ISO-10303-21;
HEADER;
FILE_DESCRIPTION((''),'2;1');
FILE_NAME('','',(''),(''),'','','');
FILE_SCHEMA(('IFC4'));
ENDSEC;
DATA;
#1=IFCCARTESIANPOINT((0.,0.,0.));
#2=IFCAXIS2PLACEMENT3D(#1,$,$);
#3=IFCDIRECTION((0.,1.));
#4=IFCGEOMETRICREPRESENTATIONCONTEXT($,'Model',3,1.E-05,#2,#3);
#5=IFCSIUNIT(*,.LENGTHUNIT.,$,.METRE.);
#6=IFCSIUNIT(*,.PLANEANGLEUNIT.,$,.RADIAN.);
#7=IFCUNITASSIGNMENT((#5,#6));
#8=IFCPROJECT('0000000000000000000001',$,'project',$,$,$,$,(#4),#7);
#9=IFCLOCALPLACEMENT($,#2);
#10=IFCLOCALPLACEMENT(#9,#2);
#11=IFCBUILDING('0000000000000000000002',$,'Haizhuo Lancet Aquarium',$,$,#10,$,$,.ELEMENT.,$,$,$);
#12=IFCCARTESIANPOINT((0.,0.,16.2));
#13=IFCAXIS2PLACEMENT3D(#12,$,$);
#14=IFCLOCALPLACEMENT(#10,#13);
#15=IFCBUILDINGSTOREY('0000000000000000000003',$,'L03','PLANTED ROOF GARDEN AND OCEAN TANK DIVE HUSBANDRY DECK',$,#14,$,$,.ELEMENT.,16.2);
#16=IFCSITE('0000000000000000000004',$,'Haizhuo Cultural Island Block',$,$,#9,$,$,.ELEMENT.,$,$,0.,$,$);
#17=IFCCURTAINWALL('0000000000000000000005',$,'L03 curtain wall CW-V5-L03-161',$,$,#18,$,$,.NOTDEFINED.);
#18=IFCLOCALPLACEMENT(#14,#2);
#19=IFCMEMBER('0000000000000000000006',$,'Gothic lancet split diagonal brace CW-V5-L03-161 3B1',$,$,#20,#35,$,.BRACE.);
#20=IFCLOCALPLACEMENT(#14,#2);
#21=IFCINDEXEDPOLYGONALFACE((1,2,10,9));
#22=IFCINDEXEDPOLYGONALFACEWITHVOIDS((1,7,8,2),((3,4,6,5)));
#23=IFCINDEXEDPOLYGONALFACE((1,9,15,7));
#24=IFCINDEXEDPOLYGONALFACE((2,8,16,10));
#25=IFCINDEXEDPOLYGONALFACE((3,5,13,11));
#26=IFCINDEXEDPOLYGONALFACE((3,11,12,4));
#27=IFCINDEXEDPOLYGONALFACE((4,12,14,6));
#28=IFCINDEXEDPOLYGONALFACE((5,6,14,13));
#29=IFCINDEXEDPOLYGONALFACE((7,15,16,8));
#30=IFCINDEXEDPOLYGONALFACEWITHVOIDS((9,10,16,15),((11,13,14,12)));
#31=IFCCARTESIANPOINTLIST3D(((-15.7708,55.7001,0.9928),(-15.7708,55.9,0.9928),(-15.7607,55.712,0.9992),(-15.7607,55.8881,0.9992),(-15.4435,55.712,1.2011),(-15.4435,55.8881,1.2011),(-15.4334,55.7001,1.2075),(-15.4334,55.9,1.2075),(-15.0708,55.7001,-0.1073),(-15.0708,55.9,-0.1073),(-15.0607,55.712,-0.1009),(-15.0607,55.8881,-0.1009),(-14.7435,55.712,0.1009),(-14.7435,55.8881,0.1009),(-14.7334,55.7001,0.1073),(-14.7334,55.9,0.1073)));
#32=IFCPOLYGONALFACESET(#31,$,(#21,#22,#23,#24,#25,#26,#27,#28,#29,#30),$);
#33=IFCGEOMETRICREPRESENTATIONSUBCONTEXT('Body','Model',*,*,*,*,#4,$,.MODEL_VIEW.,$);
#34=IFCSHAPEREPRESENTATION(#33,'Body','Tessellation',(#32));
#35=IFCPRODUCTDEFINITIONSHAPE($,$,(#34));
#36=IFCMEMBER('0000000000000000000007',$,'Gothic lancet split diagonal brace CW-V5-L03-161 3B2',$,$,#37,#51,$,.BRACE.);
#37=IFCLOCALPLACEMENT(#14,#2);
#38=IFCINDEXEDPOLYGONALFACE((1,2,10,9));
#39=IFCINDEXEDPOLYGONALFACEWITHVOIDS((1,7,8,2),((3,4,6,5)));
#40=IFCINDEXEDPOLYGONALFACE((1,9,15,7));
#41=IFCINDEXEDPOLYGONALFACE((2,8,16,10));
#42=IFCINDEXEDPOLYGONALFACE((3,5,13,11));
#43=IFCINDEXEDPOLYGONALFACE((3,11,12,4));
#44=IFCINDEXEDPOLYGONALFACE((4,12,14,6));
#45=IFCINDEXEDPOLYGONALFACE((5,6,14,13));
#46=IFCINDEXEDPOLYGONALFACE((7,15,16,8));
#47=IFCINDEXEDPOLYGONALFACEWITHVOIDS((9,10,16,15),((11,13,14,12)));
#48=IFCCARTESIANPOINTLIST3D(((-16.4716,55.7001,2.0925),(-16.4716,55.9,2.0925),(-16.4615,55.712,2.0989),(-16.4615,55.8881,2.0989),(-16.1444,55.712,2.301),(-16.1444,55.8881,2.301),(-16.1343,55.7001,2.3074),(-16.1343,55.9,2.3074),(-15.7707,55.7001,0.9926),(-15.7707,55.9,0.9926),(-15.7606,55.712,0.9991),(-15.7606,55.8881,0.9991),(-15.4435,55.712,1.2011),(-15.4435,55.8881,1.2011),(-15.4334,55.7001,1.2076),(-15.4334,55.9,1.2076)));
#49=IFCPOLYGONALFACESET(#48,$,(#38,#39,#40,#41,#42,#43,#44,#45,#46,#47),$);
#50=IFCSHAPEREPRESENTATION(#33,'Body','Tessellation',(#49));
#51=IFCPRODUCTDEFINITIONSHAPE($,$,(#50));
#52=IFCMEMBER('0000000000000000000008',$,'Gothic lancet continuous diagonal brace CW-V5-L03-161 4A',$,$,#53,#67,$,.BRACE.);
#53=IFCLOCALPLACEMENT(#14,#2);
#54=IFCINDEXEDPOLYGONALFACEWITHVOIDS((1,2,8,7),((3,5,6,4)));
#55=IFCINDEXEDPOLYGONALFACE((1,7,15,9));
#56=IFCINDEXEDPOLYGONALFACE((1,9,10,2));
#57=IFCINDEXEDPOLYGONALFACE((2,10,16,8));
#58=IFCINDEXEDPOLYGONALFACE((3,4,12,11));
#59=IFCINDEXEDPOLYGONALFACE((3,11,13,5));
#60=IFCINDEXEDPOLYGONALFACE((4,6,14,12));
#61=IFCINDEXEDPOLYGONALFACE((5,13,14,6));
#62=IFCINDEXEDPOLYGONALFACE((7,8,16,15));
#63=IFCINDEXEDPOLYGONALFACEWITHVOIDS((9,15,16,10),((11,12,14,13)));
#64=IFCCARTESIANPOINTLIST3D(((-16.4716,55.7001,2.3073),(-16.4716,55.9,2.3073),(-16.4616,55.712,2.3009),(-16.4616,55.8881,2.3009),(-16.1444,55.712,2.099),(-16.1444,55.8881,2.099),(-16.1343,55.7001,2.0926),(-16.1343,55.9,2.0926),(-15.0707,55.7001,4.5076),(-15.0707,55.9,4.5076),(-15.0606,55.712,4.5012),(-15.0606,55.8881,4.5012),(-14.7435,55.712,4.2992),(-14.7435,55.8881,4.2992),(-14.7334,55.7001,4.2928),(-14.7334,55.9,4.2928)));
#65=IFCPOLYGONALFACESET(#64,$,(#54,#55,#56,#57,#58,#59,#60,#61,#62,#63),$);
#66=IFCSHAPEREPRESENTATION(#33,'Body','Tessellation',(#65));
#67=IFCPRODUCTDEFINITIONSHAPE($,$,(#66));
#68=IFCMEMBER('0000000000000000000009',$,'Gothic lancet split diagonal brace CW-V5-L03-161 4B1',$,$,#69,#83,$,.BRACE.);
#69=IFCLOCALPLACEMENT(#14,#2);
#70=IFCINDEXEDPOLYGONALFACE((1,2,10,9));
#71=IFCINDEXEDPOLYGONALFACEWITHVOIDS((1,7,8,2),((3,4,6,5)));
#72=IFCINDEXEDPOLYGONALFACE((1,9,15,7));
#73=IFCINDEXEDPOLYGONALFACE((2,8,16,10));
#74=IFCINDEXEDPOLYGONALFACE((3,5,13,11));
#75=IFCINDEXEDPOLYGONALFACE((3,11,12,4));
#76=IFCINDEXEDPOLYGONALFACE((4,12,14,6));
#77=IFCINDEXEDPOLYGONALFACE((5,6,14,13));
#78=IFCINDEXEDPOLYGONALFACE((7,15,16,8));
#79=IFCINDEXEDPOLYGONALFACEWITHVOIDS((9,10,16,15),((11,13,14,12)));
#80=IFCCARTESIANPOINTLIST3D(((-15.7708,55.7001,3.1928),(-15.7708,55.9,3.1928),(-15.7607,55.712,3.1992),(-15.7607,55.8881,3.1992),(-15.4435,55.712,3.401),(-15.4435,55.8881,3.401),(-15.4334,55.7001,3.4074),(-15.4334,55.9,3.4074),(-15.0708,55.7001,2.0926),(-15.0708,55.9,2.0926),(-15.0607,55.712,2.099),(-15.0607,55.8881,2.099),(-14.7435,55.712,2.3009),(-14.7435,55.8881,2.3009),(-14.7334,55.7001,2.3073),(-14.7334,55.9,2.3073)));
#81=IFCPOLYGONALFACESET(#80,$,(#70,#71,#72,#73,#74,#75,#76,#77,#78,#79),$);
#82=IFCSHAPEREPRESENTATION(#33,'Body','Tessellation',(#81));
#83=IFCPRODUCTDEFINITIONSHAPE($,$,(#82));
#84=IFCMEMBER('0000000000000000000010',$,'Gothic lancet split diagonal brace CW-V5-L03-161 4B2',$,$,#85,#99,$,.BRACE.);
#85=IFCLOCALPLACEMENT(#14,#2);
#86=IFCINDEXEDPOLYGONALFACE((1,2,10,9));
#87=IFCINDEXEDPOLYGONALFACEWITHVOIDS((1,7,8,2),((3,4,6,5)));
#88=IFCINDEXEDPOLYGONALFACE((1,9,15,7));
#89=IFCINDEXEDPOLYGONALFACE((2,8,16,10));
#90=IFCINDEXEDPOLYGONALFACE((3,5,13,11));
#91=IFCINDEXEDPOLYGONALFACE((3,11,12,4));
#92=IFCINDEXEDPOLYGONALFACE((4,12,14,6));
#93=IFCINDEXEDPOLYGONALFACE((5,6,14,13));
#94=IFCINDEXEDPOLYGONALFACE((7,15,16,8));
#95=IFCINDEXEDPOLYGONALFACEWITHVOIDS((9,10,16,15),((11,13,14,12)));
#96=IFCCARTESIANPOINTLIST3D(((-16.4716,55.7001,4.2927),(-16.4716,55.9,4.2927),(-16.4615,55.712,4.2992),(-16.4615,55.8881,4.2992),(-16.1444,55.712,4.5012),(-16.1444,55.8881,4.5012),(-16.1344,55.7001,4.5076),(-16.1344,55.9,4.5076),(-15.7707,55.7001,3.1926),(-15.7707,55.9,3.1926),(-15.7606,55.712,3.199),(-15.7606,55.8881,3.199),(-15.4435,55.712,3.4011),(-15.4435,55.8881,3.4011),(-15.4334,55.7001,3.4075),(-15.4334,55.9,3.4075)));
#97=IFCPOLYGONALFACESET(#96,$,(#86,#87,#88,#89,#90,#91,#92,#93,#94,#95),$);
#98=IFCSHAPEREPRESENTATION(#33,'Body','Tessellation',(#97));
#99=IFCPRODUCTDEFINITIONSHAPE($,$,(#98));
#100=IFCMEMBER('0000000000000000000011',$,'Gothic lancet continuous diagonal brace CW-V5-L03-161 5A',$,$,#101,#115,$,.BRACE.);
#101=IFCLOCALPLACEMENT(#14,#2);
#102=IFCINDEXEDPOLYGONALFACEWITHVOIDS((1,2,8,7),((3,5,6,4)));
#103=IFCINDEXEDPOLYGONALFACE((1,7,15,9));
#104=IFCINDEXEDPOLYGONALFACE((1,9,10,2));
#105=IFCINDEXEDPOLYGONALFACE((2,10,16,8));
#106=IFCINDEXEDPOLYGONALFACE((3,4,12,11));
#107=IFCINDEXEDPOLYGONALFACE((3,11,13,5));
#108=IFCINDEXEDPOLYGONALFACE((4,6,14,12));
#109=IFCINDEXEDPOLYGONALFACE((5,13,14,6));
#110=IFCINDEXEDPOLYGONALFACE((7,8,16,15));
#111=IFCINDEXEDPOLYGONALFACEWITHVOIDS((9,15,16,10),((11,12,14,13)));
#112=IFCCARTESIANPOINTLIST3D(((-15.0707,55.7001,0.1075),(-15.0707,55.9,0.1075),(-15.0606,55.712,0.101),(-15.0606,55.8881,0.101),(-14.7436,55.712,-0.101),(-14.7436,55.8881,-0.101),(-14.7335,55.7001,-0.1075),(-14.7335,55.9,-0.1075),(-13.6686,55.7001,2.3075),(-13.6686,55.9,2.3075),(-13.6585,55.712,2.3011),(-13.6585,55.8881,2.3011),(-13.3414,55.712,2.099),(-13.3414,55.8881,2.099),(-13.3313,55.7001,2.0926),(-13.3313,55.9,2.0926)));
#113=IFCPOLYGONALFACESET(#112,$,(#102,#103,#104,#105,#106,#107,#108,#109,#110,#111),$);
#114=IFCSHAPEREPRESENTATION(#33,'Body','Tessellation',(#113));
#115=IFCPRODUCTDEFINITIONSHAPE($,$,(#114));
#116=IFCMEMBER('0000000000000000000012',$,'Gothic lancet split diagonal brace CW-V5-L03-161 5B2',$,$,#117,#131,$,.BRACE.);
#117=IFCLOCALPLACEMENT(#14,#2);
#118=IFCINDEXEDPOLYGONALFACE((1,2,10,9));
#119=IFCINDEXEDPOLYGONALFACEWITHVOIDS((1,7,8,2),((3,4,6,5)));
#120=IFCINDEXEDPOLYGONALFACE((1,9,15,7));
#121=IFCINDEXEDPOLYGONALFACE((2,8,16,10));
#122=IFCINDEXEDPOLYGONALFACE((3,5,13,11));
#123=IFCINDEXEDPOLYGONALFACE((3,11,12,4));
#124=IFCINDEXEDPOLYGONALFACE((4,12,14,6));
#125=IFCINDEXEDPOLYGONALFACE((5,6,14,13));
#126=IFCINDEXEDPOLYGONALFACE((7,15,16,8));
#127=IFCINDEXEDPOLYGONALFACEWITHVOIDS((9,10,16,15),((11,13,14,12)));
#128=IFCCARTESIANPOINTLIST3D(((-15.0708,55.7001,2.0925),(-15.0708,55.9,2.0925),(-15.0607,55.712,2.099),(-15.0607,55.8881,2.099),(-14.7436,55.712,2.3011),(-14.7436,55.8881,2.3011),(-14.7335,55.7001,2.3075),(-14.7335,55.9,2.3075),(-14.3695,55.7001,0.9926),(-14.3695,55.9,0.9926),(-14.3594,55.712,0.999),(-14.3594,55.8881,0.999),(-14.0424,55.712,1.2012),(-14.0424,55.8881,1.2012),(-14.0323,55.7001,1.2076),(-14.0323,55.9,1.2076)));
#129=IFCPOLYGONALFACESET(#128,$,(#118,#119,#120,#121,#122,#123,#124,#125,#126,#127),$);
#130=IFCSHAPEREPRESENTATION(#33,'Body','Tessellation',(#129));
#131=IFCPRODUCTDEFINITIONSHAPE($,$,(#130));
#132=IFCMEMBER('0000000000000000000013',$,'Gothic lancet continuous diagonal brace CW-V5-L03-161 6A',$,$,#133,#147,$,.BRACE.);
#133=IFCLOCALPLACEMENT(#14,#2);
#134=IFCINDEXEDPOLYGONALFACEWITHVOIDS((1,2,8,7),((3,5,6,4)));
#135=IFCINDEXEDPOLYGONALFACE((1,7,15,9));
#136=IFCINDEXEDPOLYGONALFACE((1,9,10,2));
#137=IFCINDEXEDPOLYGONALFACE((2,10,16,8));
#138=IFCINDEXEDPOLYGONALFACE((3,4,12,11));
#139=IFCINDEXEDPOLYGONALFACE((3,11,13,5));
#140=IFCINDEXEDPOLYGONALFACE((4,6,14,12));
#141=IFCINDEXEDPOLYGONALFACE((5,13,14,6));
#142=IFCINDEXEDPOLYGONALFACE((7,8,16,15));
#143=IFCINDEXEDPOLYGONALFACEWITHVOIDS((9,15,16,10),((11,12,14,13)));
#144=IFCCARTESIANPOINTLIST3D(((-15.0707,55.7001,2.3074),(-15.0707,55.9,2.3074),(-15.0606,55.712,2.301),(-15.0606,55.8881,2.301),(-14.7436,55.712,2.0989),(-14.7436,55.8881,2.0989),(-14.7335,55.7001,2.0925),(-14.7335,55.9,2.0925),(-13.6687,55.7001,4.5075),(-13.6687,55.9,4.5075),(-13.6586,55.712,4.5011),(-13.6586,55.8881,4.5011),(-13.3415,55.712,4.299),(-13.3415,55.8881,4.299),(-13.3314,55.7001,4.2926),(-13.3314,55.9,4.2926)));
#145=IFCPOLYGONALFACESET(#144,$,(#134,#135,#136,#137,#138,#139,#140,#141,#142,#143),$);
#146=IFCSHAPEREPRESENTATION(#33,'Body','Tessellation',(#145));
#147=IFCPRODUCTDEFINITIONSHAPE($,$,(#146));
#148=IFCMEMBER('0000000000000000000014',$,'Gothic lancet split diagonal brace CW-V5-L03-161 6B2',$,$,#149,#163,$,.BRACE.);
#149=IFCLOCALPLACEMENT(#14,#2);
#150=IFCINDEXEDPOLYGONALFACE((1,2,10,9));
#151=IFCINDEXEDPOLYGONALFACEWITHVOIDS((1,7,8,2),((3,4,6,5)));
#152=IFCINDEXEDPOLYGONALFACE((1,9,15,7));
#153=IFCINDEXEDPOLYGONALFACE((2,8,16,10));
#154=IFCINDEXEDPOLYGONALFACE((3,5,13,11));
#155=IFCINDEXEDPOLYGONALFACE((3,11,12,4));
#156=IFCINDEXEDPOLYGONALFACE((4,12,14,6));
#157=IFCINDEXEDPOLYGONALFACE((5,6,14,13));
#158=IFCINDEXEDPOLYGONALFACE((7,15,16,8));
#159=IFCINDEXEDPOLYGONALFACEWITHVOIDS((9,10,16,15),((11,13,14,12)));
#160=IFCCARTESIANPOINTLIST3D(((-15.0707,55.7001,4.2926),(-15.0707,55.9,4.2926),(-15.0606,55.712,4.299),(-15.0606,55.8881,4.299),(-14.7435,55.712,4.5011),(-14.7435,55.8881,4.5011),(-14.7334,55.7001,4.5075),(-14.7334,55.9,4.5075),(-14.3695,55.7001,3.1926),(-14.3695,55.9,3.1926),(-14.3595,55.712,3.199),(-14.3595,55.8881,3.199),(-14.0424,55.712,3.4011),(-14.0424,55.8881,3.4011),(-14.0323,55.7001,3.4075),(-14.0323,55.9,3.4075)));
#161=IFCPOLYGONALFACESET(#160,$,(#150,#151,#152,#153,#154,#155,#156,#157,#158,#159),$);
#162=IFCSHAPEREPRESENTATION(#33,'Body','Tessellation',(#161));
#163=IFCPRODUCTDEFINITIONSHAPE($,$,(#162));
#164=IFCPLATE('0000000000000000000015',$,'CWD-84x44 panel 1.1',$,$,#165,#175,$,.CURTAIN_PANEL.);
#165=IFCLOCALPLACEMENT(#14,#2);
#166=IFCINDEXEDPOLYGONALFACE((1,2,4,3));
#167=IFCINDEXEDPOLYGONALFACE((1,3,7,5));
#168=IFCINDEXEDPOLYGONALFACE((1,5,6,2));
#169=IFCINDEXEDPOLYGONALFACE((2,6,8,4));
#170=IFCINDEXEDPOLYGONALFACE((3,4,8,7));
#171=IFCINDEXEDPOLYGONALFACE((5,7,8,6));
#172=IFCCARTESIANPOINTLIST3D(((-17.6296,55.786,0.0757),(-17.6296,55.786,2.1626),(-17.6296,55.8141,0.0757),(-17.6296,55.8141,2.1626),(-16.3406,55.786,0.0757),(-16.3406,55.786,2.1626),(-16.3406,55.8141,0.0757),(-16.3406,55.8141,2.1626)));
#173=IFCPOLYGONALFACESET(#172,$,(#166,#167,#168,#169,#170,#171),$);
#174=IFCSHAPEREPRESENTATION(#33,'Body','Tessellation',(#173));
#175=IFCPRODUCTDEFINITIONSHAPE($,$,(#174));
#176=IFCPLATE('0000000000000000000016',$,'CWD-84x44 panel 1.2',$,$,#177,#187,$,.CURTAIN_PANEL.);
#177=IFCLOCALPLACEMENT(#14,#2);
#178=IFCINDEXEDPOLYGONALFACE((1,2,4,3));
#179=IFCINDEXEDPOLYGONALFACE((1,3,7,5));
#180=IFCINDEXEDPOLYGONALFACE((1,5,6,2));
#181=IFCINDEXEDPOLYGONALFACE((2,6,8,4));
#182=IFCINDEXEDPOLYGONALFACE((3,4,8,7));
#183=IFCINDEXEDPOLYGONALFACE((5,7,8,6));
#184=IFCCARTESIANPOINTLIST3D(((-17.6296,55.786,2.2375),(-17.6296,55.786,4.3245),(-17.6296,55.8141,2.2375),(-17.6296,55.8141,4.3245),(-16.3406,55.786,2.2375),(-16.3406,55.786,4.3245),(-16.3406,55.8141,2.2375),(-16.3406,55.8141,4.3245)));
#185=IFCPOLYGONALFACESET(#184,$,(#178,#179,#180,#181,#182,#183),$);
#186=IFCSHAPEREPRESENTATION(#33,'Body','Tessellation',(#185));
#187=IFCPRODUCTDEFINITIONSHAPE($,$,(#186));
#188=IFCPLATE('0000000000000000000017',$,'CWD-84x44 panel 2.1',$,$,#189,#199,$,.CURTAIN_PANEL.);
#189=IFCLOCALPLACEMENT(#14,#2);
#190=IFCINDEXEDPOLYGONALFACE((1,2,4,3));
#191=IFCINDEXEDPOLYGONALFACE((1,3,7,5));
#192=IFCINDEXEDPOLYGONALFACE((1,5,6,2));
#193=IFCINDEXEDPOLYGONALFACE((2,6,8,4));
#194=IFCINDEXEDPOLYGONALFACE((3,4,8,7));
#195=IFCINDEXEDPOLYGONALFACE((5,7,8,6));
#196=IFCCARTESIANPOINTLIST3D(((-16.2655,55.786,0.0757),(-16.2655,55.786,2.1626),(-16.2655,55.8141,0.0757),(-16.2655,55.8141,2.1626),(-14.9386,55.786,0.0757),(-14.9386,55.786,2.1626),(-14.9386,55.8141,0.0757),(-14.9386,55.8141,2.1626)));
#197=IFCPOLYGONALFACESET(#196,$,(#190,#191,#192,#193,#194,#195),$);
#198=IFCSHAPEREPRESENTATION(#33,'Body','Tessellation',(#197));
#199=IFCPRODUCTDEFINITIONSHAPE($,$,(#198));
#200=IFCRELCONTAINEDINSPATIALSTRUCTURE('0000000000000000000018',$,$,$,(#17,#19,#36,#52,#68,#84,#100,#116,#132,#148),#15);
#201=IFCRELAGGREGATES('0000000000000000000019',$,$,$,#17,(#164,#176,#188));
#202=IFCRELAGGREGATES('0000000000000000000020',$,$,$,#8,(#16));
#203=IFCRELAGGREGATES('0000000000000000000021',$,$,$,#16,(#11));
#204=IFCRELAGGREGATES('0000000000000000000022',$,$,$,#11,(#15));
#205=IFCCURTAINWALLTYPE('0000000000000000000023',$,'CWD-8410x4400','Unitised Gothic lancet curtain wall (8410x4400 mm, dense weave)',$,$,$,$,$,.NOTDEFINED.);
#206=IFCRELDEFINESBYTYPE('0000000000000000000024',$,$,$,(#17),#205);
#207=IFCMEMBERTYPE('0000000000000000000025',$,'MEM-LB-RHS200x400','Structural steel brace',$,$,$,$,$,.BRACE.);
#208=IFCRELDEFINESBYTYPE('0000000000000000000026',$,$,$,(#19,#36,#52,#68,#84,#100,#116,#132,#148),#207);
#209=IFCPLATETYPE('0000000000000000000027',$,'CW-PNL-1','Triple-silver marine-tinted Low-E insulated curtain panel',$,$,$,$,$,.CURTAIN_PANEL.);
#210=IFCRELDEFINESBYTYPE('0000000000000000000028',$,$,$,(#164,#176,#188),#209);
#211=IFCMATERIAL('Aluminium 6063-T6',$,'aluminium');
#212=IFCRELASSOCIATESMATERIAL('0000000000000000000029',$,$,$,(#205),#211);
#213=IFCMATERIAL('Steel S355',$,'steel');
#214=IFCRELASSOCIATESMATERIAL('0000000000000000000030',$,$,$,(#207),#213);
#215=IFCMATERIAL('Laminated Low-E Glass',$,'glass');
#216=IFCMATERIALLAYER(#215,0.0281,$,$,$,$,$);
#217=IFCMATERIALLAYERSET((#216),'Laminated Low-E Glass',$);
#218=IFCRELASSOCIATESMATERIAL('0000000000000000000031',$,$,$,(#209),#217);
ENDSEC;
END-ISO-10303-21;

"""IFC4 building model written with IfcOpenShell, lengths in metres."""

from ifc_helpers import new_model, si_unit, direction, frame, origin, origin_2d, place, context, subcontext, project, spatial, rectangle, hollow_rectangle, extrude, material, layer, layer_set, material_profile, profile_set, type_object, element, aggregate, save


model = new_model("IFC4")

# Units and contexts
model_context = context("Model", 3, precision=1e-05, world=origin(), true_north=direction((0.0, 1.0)))
body_context = subcontext(model_context, "Body", "Model", "MODEL_VIEW")
ifc_project = project(units=[si_unit("LENGTHUNIT", "METRE"), si_unit("PLANEANGLEUNIT", "RADIAN")], contexts=[model_context])

# Site, building, storey
site_placement = place(None, origin())
site = spatial("IfcSite", under=ifc_project, at=site_placement, Name="Haizhuo Cultural Island Block", CompositionType="ELEMENT", RefElevation=0.0)
building_placement = place(site_placement, origin())
building = spatial("IfcBuilding", under=site, at=building_placement, Name="Haizhuo Lancet Aquarium", CompositionType="ELEMENT")
storey_placement = place(building_placement, frame((0.0, 0.0, 16.2)))
storey = spatial("IfcBuildingStorey", under=building, at=storey_placement, Name="L03", Description="PLANTED ROOF GARDEN AND OCEAN TANK DIVE HUSBANDRY DECK", CompositionType="ELEMENT", Elevation=16.2)

# Curtain wall
ifc_material_1 = material(Name="Aluminium 6063-T6", Category="aluminium")
curtain_wall_type = type_object("IfcCurtainWallType", Name="CWD-8410x4400", Description="Unitised Gothic lancet curtain wall (8410x4400 mm, dense weave)", PredefinedType="NOTDEFINED", material=ifc_material_1)
curtain_wall_placement = place(storey_placement, origin())
curtain_wall = element("IfcCurtainWall", 1, at=curtain_wall_placement, inside=storey, type_object=curtain_wall_type, Name="L03 curtain wall CW-V5-L03-161", PredefinedType="NOTDEFINED")

# Members
ifc_material_2 = material(Name="Steel S355", Category="steel")
ifc_material_profile_1 = material_profile(ifc_material_2, hollow_rectangle(XDim=0.2, YDim=0.3999, WallThickness=0.012, at=origin_2d()), Name="RHS 200x400x12")
ifc_profile_set_1 = profile_set([ifc_material_profile_1], Name="Steel S355")
member_type_1 = type_object("IfcMemberType", Name="MEM-LB-RHS200x400", Description="Structural steel brace", PredefinedType="BRACE", material=ifc_profile_set_1)
member_1_placement = place(storey_placement, frame((-14.9021, 55.8, 0.0), z_axis=(-0.536815, 0.0, 0.8437), x_axis=(0.0, -1.0, 0.0)))
element("IfcMember", 2, at=member_1_placement, inside=storey, type_object=member_type_1, Name="Gothic lancet split diagonal brace CW-V5-L03-161 3B1", PredefinedType="BRACE", context=body_context, shape_type="SweptSolid", body=[
    extrude(hollow_rectangle(XDim=0.2, YDim=0.3999, WallThickness=0.012, at=origin_2d()), origin(), (0.0, 0.0, 1.0), 1.304),
])
member_2_placement = place(storey_placement, frame((-15.6021, 55.8, 1.1001), z_axis=(-0.537433, 0.0, 0.843307), x_axis=(0.0, -1.0, 0.0)))
element("IfcMember", 3, at=member_2_placement, inside=storey, type_object=member_type_1, Name="Gothic lancet split diagonal brace CW-V5-L03-161 3B2", PredefinedType="BRACE", context=body_context, shape_type="SweptSolid", body=[
    extrude(hollow_rectangle(XDim=0.2, YDim=0.3999, WallThickness=0.012, at=origin_2d()), origin(), (0.0, 0.0, 1.0), 1.3042),
])
member_3_placement = place(storey_placement, frame((-16.303, 55.8, 2.2), z_axis=(0.537081, 0.0, 0.84353), x_axis=(0.0, 1.0, 0.0)))
element("IfcMember", 4, at=member_3_placement, inside=storey, type_object=member_type_1, Name="Gothic lancet continuous diagonal brace CW-V5-L03-161 4A", PredefinedType="BRACE", context=body_context, shape_type="SweptSolid", body=[
    extrude(hollow_rectangle(XDim=0.2, YDim=0.3999, WallThickness=0.012, at=origin_2d()), origin(), (0.0, 0.0, 1.0), 2.6084),
])
member_4_placement = place(storey_placement, frame((-14.9021, 55.8, 2.2), z_axis=(-0.536815, 0.0, 0.8437), x_axis=(0.0, -1.0, 0.0)))
element("IfcMember", 5, at=member_4_placement, inside=storey, type_object=member_type_1, Name="Gothic lancet split diagonal brace CW-V5-L03-161 4B1", PredefinedType="BRACE", context=body_context, shape_type="SweptSolid", body=[
    extrude(hollow_rectangle(XDim=0.2, YDim=0.3999, WallThickness=0.012, at=origin_2d()), origin(), (0.0, 0.0, 1.0), 1.304),
])
member_5_placement = place(storey_placement, frame((-15.6021, 55.8, 3.3), z_axis=(-0.537348, 0.0, 0.843361), x_axis=(0.0, -1.0, 0.0)))
element("IfcMember", 6, at=member_5_placement, inside=storey, type_object=member_type_1, Name="Gothic lancet split diagonal brace CW-V5-L03-161 4B2", PredefinedType="BRACE", context=body_context, shape_type="SweptSolid", body=[
    extrude(hollow_rectangle(XDim=0.2, YDim=0.3999, WallThickness=0.012, at=origin_2d()), origin(), (0.0, 0.0, 1.0), 1.3044),
])
member_6_placement = place(storey_placement, frame((-14.9021, 55.8, 0.0), z_axis=(0.537457, 0.0, 0.843291), x_axis=(0.0, 1.0, 0.0)))
element("IfcMember", 7, at=member_6_placement, inside=storey, type_object=member_type_1, Name="Gothic lancet continuous diagonal brace CW-V5-L03-161 5A", PredefinedType="BRACE", context=body_context, shape_type="SweptSolid", body=[
    extrude(hollow_rectangle(XDim=0.2, YDim=0.3999, WallThickness=0.012, at=origin_2d()), origin(), (0.0, 0.0, 1.0), 2.6089),
])
member_7_placement = place(storey_placement, frame((-14.2009, 55.8, 1.1001), z_axis=(-0.537566, 0.0, 0.843222), x_axis=(0.0, -1.0, 0.0)))
element("IfcMember", 8, at=member_7_placement, inside=storey, type_object=member_type_1, Name="Gothic lancet split diagonal brace CW-V5-L03-161 5B2", PredefinedType="BRACE", context=body_context, shape_type="SweptSolid", body=[
    extrude(hollow_rectangle(XDim=0.2, YDim=0.3999, WallThickness=0.012, at=origin_2d()), origin(), (0.0, 0.0, 1.0), 1.3044),
])
member_8_placement = place(storey_placement, frame((-14.9021, 55.8, 2.2), z_axis=(0.537414, 0.0, 0.843318), x_axis=(0.0, 1.0, 0.0)))
element("IfcMember", 9, at=member_8_placement, inside=storey, type_object=member_type_1, Name="Gothic lancet continuous diagonal brace CW-V5-L03-161 6A", PredefinedType="BRACE", context=body_context, shape_type="SweptSolid", body=[
    extrude(hollow_rectangle(XDim=0.2, YDim=0.3999, WallThickness=0.012, at=origin_2d()), origin(), (0.0, 0.0, 1.0), 2.6089),
])
member_9_placement = place(storey_placement, frame((-14.2009, 55.8, 3.3), z_axis=(-0.537481, 0.0, 0.843276), x_axis=(0.0, -1.0, 0.0)))
element("IfcMember", 10, at=member_9_placement, inside=storey, type_object=member_type_1, Name="Gothic lancet split diagonal brace CW-V5-L03-161 6B2", PredefinedType="BRACE", context=body_context, shape_type="SweptSolid", body=[
    extrude(hollow_rectangle(XDim=0.2, YDim=0.3999, WallThickness=0.012, at=origin_2d()), origin(), (0.0, 0.0, 1.0), 1.3044),
])

# Plates
ifc_material_3 = material(Name="Laminated Low-E Glass", Category="glass")
ifc_layer = layer(ifc_material_3, 0.0281)
ifc_layer_set = layer_set([ifc_layer], Name="Laminated Low-E Glass")
plate_type = type_object("IfcPlateType", Name="CW-PNL-1", Description="Triple-silver marine-tinted Low-E insulated curtain panel", PredefinedType="CURTAIN_PANEL", material=ifc_layer_set)
plate_1_placement = place(storey_placement, frame((-16.9851, 55.8, 0.0757), z_axis=(0.0, 0.0, 1.0), x_axis=(1.0, 0.0, 0.0)))
plate_1 = element("IfcPlate", 11, at=plate_1_placement, type_object=plate_type, Name="CWD-84x44 panel 1.1", PredefinedType="CURTAIN_PANEL", context=body_context, shape_type="SweptSolid", body=[
    extrude(rectangle(XDim=1.2891, YDim=0.0281, at=origin_2d()), origin(), (0.0, 0.0, 1.0), 2.0869),
])
plate_2_placement = place(storey_placement, frame((-16.9851, 55.8, 2.2375), z_axis=(0.0, 0.0, 1.0), x_axis=(1.0, 0.0, 0.0)))
plate_2 = element("IfcPlate", 12, at=plate_2_placement, type_object=plate_type, Name="CWD-84x44 panel 1.2", PredefinedType="CURTAIN_PANEL", context=body_context, shape_type="SweptSolid", body=[
    extrude(rectangle(XDim=1.2891, YDim=0.0281, at=origin_2d()), origin(), (0.0, 0.0, 1.0), 2.0869),
])
plate_3_placement = place(storey_placement, frame((-15.6021, 55.8, 0.0757), z_axis=(0.0, 0.0, 1.0), x_axis=(1.0, 0.0, 0.0)))
plate_3 = element("IfcPlate", 13, at=plate_3_placement, type_object=plate_type, Name="CWD-84x44 panel 2.1", PredefinedType="CURTAIN_PANEL", context=body_context, shape_type="SweptSolid", body=[
    extrude(rectangle(XDim=1.3269, YDim=0.0281, at=origin_2d()), origin(), (0.0, 0.0, 1.0), 2.0869),
])
aggregate(curtain_wall, [plate_1, plate_2, plate_3])

save(model, "model.ifc")
